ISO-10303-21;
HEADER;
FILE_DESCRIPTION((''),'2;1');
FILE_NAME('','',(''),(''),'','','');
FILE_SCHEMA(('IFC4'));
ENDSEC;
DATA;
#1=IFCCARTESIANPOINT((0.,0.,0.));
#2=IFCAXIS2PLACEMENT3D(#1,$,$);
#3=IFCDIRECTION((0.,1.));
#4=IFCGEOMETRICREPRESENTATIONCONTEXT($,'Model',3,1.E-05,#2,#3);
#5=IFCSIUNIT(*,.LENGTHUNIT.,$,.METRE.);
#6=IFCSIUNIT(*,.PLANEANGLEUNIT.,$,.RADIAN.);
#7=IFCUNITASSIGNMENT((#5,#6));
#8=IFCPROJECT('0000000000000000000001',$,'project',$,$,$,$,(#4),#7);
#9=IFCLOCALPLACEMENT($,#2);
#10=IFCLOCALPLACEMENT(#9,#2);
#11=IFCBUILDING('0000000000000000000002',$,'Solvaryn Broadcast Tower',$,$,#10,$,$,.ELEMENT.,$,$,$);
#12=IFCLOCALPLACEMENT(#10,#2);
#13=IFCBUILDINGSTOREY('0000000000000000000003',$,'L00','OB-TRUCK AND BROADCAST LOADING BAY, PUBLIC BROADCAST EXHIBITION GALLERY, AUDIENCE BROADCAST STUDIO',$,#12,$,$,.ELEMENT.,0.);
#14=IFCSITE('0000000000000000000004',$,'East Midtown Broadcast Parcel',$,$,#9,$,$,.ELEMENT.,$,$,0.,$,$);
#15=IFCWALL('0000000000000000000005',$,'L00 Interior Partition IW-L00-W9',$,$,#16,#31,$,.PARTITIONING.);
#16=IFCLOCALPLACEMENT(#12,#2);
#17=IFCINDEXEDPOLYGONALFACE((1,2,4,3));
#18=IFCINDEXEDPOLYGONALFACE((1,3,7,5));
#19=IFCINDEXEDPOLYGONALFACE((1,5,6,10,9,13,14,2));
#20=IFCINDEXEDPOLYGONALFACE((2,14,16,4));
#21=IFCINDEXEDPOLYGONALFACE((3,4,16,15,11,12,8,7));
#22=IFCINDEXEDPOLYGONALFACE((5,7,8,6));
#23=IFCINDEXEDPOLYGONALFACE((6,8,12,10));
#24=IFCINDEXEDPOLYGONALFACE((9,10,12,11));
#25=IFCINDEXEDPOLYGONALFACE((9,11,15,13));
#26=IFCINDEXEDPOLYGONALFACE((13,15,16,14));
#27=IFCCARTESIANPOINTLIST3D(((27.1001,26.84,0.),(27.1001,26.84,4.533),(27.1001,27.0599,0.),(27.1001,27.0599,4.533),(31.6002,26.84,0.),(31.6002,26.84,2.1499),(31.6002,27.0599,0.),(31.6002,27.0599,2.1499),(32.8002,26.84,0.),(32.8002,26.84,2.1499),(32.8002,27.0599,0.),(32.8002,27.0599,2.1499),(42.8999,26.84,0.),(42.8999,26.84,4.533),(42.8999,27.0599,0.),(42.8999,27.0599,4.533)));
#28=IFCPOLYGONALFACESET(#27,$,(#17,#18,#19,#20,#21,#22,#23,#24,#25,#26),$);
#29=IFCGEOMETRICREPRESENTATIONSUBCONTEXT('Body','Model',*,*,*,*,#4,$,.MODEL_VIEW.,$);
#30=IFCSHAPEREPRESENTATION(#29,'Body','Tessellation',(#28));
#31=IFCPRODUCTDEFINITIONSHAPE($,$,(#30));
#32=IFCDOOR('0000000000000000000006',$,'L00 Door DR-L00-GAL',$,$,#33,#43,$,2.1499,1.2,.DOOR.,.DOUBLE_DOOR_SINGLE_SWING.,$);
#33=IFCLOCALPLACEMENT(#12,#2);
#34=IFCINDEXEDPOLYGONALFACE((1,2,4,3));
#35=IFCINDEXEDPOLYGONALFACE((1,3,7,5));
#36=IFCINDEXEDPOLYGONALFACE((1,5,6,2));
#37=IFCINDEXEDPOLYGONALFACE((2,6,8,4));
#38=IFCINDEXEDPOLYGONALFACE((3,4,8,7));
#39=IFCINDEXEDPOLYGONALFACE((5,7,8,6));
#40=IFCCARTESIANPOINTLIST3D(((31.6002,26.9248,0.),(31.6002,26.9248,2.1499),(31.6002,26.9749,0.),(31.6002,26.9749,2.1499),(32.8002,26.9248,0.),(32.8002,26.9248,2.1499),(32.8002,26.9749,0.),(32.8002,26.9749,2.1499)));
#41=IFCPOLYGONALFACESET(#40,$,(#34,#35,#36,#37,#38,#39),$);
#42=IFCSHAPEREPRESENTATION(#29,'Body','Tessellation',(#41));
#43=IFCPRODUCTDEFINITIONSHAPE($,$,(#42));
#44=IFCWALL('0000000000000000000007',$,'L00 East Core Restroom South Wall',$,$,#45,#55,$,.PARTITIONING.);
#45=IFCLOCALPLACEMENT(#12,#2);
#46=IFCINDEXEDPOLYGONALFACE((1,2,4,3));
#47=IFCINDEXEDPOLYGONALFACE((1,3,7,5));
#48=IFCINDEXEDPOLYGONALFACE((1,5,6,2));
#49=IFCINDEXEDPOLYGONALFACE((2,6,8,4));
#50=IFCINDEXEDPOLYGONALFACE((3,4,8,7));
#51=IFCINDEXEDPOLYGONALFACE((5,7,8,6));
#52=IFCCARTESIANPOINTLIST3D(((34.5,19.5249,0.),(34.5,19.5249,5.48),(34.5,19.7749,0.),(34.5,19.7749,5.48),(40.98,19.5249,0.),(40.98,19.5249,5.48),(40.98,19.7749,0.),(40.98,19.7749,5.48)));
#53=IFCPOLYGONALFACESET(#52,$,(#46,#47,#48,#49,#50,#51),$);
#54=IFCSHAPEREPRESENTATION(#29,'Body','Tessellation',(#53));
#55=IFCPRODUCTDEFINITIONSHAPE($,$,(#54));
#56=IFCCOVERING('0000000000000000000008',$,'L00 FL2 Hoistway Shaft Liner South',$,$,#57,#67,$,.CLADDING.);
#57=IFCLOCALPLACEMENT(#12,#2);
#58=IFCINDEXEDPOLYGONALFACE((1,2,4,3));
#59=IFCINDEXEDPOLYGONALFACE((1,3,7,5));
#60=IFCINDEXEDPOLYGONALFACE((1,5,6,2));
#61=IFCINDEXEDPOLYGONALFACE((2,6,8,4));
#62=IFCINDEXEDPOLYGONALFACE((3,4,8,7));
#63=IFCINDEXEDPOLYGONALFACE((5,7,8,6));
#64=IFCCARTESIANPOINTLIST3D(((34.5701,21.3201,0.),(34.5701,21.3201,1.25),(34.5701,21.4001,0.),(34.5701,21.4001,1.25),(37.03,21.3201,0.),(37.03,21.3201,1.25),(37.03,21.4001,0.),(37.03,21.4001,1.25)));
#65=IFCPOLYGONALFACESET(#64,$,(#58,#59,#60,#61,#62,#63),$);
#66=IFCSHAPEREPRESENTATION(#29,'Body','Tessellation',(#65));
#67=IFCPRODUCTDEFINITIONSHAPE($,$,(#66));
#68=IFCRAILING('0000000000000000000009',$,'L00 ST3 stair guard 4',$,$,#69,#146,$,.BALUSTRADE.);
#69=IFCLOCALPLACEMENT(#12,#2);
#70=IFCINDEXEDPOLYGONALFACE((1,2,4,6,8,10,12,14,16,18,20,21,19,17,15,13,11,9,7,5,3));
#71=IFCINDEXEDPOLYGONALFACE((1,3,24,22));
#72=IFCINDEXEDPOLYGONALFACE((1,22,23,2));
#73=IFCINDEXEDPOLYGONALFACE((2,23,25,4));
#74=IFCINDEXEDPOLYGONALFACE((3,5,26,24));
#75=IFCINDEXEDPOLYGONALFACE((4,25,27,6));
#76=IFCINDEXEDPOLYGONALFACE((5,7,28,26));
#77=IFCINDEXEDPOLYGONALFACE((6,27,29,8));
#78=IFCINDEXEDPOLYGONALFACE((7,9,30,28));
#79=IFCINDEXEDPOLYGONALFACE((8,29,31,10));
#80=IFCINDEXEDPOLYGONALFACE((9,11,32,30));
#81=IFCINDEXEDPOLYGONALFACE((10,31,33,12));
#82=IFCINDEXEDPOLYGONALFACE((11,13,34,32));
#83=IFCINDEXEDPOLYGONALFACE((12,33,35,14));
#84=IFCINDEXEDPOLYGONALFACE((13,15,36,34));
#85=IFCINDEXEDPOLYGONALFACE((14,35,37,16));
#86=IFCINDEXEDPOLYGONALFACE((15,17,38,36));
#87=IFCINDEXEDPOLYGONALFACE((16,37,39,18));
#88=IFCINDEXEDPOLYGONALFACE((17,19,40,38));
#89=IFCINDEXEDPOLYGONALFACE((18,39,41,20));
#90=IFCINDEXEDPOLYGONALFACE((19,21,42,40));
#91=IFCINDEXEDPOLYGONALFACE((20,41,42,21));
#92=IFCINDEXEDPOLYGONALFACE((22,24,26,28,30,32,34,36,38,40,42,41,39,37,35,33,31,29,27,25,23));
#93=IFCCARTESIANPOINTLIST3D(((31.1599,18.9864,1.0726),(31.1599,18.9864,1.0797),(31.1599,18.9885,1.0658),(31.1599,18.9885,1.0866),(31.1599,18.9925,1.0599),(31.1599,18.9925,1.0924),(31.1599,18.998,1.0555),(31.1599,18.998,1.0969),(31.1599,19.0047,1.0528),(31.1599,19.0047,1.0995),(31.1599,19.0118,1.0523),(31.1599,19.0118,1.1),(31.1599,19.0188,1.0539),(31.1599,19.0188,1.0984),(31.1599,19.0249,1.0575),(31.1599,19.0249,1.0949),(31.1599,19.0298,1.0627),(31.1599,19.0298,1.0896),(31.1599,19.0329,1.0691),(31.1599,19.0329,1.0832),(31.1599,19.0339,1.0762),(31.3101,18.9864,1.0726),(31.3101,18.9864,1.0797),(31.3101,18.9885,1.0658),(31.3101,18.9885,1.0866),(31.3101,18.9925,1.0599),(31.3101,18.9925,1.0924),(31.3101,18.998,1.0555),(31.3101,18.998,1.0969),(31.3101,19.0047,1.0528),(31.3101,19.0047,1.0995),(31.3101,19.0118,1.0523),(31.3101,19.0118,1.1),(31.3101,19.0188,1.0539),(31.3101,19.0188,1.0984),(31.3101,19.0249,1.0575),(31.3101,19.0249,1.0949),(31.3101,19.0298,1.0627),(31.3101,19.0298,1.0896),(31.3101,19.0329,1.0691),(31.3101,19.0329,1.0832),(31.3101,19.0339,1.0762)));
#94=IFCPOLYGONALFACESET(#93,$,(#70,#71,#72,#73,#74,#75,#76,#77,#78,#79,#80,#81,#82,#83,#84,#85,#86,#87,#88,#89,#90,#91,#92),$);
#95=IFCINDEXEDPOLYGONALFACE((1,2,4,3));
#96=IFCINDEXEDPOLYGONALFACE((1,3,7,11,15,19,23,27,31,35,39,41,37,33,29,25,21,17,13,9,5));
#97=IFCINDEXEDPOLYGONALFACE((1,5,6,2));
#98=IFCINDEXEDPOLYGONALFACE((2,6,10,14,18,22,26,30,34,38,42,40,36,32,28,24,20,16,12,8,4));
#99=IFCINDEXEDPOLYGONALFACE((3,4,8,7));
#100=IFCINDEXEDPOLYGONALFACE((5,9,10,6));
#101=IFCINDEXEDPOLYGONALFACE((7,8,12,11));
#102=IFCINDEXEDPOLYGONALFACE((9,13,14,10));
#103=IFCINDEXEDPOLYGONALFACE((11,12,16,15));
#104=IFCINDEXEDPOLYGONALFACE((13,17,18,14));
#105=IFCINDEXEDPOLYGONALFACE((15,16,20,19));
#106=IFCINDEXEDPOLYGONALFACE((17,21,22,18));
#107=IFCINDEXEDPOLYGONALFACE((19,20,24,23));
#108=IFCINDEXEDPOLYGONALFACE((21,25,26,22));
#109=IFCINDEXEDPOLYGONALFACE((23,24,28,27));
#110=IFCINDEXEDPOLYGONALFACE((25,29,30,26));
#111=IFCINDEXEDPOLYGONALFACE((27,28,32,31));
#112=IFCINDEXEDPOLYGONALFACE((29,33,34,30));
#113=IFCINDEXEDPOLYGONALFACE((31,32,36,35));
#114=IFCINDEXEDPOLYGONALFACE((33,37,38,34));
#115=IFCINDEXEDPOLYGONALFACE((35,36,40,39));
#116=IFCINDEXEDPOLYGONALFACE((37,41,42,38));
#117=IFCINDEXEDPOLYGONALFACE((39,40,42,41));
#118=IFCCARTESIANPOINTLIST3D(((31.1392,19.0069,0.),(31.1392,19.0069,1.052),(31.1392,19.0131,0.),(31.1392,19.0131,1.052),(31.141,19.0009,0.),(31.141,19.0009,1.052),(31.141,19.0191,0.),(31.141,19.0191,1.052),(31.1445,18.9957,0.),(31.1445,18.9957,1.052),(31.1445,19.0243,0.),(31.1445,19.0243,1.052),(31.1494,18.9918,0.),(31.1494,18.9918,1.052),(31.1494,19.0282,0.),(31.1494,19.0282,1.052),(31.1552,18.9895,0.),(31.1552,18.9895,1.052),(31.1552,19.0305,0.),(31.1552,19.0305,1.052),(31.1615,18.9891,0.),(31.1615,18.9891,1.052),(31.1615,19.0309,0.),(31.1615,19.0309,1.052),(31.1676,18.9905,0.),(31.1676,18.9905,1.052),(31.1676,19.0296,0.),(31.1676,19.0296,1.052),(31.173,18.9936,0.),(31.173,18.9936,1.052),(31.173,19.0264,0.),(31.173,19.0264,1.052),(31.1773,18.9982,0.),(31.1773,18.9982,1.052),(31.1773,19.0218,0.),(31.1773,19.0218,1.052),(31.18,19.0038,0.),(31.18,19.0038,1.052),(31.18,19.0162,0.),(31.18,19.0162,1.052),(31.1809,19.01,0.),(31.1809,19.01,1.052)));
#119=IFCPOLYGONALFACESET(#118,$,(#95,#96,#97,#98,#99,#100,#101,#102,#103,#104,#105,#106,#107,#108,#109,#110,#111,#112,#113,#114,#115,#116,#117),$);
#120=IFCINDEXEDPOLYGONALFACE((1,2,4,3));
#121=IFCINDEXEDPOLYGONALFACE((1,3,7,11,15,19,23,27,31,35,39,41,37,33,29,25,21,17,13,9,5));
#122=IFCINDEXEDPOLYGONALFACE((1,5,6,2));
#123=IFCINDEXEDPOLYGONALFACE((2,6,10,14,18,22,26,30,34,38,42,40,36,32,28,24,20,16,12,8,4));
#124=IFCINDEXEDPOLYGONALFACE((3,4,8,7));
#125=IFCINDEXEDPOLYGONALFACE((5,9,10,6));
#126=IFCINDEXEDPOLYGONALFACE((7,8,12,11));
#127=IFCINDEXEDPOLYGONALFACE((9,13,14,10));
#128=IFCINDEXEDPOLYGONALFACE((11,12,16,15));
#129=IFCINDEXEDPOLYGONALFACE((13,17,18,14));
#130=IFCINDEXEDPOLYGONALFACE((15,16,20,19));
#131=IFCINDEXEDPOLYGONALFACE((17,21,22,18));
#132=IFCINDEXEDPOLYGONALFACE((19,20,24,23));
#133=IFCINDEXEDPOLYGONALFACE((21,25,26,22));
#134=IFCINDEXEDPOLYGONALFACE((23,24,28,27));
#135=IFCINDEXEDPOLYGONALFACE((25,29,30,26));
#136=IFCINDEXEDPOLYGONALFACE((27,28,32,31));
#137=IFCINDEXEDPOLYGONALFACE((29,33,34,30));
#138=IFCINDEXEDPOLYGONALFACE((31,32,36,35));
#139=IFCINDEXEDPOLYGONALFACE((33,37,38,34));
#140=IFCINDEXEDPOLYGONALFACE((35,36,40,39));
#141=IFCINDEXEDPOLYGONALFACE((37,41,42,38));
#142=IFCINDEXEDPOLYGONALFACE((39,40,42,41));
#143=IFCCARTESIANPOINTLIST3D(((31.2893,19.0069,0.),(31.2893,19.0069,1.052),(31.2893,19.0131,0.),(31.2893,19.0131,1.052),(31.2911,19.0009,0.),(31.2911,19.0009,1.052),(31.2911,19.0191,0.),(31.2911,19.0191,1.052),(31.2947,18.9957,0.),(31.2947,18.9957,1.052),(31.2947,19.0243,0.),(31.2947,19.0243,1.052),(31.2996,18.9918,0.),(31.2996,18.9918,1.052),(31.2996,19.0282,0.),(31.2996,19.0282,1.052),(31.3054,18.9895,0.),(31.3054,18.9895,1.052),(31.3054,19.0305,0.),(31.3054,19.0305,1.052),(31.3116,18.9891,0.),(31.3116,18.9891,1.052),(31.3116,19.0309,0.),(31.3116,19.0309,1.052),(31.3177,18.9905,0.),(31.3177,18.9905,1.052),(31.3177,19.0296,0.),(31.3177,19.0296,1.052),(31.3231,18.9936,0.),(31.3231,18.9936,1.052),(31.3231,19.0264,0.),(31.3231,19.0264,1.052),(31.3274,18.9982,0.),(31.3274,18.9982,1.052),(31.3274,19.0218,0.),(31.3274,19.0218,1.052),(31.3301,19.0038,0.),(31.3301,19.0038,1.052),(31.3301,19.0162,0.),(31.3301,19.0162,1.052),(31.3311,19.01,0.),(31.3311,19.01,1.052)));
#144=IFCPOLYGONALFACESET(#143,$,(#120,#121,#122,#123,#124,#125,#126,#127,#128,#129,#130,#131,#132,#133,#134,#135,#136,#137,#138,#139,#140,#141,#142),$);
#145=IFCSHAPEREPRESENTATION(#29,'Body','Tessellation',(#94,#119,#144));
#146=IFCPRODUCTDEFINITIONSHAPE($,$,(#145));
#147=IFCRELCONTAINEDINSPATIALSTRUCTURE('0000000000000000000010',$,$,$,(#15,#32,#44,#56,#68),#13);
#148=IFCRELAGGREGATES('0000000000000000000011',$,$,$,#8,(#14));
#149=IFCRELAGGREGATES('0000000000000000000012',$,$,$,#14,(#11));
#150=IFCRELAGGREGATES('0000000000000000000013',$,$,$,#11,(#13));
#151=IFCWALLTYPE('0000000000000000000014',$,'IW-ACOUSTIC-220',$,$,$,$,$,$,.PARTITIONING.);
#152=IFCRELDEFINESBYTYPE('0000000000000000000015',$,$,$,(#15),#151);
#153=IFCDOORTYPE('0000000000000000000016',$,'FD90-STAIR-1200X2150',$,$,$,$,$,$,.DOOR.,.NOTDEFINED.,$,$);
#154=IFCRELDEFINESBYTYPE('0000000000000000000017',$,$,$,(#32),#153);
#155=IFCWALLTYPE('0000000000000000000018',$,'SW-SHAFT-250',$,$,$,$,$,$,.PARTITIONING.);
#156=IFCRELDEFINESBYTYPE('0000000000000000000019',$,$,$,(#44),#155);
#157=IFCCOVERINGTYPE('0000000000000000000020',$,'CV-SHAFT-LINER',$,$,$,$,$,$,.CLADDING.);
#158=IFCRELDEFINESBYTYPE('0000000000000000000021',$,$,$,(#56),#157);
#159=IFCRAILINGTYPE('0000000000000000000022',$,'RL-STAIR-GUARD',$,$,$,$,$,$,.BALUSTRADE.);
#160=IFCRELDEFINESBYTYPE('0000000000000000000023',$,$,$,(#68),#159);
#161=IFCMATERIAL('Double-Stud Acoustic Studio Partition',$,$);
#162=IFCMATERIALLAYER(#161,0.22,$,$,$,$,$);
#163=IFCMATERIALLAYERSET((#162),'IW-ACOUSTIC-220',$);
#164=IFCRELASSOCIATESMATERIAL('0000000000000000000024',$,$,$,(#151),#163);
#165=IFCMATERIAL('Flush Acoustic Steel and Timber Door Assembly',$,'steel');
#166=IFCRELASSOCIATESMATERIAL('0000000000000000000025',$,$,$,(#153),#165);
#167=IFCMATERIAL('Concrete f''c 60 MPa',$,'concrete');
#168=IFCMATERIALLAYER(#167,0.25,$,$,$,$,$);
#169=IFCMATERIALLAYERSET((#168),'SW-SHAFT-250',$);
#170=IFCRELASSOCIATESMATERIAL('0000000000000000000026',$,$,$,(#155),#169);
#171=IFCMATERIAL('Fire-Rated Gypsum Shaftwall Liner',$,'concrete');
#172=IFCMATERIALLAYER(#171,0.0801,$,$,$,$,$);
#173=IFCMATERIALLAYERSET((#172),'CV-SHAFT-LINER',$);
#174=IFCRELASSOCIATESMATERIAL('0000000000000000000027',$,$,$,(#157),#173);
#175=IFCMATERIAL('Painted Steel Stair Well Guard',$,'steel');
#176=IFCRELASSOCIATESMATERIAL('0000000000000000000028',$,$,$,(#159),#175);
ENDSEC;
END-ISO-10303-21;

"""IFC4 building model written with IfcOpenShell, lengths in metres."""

from ifc_helpers import new_model, si_unit, direction, frame, frame_2d, origin, origin_2d, place, context, subcontext, project, spatial, rectangle, circle, extrude, material, layer, layer_set, type_object, element, fill, save


model = new_model("IFC4")

# Units and contexts
model_context = context("Model", 3, precision=1e-05, world=origin(), true_north=direction((0.0, 1.0)))
body_context = subcontext(model_context, "Body", "Model", "MODEL_VIEW")
ifc_project = project(units=[si_unit("LENGTHUNIT", "METRE"), si_unit("PLANEANGLEUNIT", "RADIAN")], contexts=[model_context])

# Site, building, storey
site_placement = place(None, origin())
site = spatial("IfcSite", under=ifc_project, at=site_placement, Name="East Midtown Broadcast Parcel", CompositionType="ELEMENT", RefElevation=0.0)
building_placement = place(site_placement, origin())
building = spatial("IfcBuilding", under=site, at=building_placement, Name="Solvaryn Broadcast Tower", CompositionType="ELEMENT")
storey_placement = place(building_placement, origin())
storey = spatial("IfcBuildingStorey", under=building, at=storey_placement, Name="L00", Description="OB-TRUCK AND BROADCAST LOADING BAY, PUBLIC BROADCAST EXHIBITION GALLERY, AUDIENCE BROADCAST STUDIO", CompositionType="ELEMENT", Elevation=0.0)

# Shared definitions
ifc_material_1 = material(Name="Double-Stud Acoustic Studio Partition")
ifc_layer_1 = layer(ifc_material_1, 0.22)
ifc_layer_set_1 = layer_set([ifc_layer_1], Name="IW-ACOUSTIC-220")
wall_type_1 = type_object("IfcWallType", Name="IW-ACOUSTIC-220", PredefinedType="PARTITIONING", material=ifc_layer_set_1)

# Wall, opening, door
wall_1_placement = place(storey_placement, frame((27.1001, 26.95, 0.0), z_axis=(0.0, 0.0, 1.0), x_axis=(1.0, 0.0, 0.0)))
wall_1 = element("IfcWall", 1, at=wall_1_placement, inside=storey, type_object=wall_type_1, Name="L00 Interior Partition IW-L00-W9", PredefinedType="PARTITIONING", context=body_context, shape_type="SweptSolid", body=[
    extrude(rectangle(XDim=15.7998, YDim=0.22, at=frame_2d((7.8999, 0.0))), origin(), (0.0, 0.0, 1.0), 4.533),
])
opening_1_placement = place(wall_1_placement, frame((4.5, 0.0, 0.0)))
opening_1 = element("IfcOpeningElement", 2, at=opening_1_placement, cuts=wall_1, PredefinedType="OPENING", context=body_context, shape_type="SweptSolid", body=[
    extrude(rectangle(XDim=1.2, YDim=2.1499, at=frame_2d((0.6001, 1.075))), frame((0.0, 0.1199, 0.0), z_axis=(0.0, -1.0, 0.0), x_axis=(1.0, 0.0, 0.0)), (0.0, 0.0, 1.0), 0.24),
])
ifc_material_2 = material(Name="Flush Acoustic Steel and Timber Door Assembly", Category="steel")
door_type_1 = type_object("IfcDoorType", Name="FD90-STAIR-1200X2150", OperationType="NOTDEFINED", PredefinedType="DOOR", material=ifc_material_2)
door_1_placement = place(opening_1_placement, origin())
door_1 = element("IfcDoor", 3, at=door_1_placement, inside=storey, type_object=door_type_1, Name="L00 Door DR-L00-GAL", OperationType="DOUBLE_DOOR_SINGLE_SWING", OverallHeight=2.1499, OverallWidth=1.2, PredefinedType="DOOR", context=body_context, shape_type="SweptSolid", body=[
    extrude(rectangle(XDim=1.2, YDim=2.1499, at=frame_2d((0.6001, 1.075))), frame((0.0, 0.0249, 0.0), z_axis=(0.0, -1.0, 0.0), x_axis=(1.0, 0.0, 0.0)), (0.0, 0.0, 1.0), 0.05),
])
fill(opening_1, door_1)
ifc_material_3 = material(Name="Concrete f'c 60 MPa", Category="concrete")
ifc_layer_2 = layer(ifc_material_3, 0.25)
ifc_layer_set_2 = layer_set([ifc_layer_2], Name="SW-SHAFT-250")
wall_type_2 = type_object("IfcWallType", Name="SW-SHAFT-250", PredefinedType="PARTITIONING", material=ifc_layer_set_2)

# Wall
wall_2_placement = place(storey_placement, frame((34.5, 19.6499, 0.0), z_axis=(0.0, 0.0, 1.0), x_axis=(1.0, 0.0, 0.0)))
element("IfcWall", 4, at=wall_2_placement, inside=storey, type_object=wall_type_2, Name="L00 East Core Restroom South Wall", PredefinedType="PARTITIONING", context=body_context, shape_type="SweptSolid", body=[
    extrude(rectangle(XDim=6.48, YDim=0.25, at=frame_2d((3.24, 0.0))), origin(), (0.0, 0.0, 1.0), 5.48),
])

# Covering
ifc_material_4 = material(Name="Fire-Rated Gypsum Shaftwall Liner", Category="concrete")
ifc_layer_3 = layer(ifc_material_4, 0.0801)
ifc_layer_set_3 = layer_set([ifc_layer_3], Name="CV-SHAFT-LINER")
covering_type = type_object("IfcCoveringType", Name="CV-SHAFT-LINER", PredefinedType="CLADDING", material=ifc_layer_set_3)
covering_placement = place(storey_placement, frame((35.8, 21.3601, 0.0), z_axis=(0.0, 0.0, 1.0), x_axis=(1.0, 0.0, 0.0)))
element("IfcCovering", 5, at=covering_placement, inside=storey, type_object=covering_type, Name="L00 FL2 Hoistway Shaft Liner South", PredefinedType="CLADDING", context=body_context, shape_type="SweptSolid", body=[
    extrude(rectangle(XDim=2.46, YDim=0.0801, at=origin_2d()), origin(), (0.0, 0.0, 1.0), 1.25),
])

# Railing
ifc_material_5 = material(Name="Painted Steel Stair Well Guard", Category="steel")
railing_type = type_object("IfcRailingType", Name="RL-STAIR-GUARD", PredefinedType="BALUSTRADE", material=ifc_material_5)
railing_placement = place(storey_placement, frame((31.1599, 19.01, 0.0)))
element("IfcRailing", 6, at=railing_placement, inside=storey, type_object=railing_type, Name="L00 ST3 stair guard 4", PredefinedType="BALUSTRADE", context=body_context, shape_type="SweptSolid", body=[
    extrude(circle(Radius=0.0239, at=origin_2d()), frame((0.0, 0.0, 1.0762), z_axis=(1.0, 0.0, 0.0), x_axis=(0.0, 1.0, 0.0)), (0.0, 0.0, 1.0), 0.1501),
    extrude(circle(Radius=0.021, at=origin_2d()), origin(), (0.0, 0.0, 1.0), 1.052),
    extrude(circle(Radius=0.021, at=origin_2d()), frame((0.1501, 0.0, 0.0)), (0.0, 0.0, 1.0), 1.052),
])

save(model, "model.ifc")
